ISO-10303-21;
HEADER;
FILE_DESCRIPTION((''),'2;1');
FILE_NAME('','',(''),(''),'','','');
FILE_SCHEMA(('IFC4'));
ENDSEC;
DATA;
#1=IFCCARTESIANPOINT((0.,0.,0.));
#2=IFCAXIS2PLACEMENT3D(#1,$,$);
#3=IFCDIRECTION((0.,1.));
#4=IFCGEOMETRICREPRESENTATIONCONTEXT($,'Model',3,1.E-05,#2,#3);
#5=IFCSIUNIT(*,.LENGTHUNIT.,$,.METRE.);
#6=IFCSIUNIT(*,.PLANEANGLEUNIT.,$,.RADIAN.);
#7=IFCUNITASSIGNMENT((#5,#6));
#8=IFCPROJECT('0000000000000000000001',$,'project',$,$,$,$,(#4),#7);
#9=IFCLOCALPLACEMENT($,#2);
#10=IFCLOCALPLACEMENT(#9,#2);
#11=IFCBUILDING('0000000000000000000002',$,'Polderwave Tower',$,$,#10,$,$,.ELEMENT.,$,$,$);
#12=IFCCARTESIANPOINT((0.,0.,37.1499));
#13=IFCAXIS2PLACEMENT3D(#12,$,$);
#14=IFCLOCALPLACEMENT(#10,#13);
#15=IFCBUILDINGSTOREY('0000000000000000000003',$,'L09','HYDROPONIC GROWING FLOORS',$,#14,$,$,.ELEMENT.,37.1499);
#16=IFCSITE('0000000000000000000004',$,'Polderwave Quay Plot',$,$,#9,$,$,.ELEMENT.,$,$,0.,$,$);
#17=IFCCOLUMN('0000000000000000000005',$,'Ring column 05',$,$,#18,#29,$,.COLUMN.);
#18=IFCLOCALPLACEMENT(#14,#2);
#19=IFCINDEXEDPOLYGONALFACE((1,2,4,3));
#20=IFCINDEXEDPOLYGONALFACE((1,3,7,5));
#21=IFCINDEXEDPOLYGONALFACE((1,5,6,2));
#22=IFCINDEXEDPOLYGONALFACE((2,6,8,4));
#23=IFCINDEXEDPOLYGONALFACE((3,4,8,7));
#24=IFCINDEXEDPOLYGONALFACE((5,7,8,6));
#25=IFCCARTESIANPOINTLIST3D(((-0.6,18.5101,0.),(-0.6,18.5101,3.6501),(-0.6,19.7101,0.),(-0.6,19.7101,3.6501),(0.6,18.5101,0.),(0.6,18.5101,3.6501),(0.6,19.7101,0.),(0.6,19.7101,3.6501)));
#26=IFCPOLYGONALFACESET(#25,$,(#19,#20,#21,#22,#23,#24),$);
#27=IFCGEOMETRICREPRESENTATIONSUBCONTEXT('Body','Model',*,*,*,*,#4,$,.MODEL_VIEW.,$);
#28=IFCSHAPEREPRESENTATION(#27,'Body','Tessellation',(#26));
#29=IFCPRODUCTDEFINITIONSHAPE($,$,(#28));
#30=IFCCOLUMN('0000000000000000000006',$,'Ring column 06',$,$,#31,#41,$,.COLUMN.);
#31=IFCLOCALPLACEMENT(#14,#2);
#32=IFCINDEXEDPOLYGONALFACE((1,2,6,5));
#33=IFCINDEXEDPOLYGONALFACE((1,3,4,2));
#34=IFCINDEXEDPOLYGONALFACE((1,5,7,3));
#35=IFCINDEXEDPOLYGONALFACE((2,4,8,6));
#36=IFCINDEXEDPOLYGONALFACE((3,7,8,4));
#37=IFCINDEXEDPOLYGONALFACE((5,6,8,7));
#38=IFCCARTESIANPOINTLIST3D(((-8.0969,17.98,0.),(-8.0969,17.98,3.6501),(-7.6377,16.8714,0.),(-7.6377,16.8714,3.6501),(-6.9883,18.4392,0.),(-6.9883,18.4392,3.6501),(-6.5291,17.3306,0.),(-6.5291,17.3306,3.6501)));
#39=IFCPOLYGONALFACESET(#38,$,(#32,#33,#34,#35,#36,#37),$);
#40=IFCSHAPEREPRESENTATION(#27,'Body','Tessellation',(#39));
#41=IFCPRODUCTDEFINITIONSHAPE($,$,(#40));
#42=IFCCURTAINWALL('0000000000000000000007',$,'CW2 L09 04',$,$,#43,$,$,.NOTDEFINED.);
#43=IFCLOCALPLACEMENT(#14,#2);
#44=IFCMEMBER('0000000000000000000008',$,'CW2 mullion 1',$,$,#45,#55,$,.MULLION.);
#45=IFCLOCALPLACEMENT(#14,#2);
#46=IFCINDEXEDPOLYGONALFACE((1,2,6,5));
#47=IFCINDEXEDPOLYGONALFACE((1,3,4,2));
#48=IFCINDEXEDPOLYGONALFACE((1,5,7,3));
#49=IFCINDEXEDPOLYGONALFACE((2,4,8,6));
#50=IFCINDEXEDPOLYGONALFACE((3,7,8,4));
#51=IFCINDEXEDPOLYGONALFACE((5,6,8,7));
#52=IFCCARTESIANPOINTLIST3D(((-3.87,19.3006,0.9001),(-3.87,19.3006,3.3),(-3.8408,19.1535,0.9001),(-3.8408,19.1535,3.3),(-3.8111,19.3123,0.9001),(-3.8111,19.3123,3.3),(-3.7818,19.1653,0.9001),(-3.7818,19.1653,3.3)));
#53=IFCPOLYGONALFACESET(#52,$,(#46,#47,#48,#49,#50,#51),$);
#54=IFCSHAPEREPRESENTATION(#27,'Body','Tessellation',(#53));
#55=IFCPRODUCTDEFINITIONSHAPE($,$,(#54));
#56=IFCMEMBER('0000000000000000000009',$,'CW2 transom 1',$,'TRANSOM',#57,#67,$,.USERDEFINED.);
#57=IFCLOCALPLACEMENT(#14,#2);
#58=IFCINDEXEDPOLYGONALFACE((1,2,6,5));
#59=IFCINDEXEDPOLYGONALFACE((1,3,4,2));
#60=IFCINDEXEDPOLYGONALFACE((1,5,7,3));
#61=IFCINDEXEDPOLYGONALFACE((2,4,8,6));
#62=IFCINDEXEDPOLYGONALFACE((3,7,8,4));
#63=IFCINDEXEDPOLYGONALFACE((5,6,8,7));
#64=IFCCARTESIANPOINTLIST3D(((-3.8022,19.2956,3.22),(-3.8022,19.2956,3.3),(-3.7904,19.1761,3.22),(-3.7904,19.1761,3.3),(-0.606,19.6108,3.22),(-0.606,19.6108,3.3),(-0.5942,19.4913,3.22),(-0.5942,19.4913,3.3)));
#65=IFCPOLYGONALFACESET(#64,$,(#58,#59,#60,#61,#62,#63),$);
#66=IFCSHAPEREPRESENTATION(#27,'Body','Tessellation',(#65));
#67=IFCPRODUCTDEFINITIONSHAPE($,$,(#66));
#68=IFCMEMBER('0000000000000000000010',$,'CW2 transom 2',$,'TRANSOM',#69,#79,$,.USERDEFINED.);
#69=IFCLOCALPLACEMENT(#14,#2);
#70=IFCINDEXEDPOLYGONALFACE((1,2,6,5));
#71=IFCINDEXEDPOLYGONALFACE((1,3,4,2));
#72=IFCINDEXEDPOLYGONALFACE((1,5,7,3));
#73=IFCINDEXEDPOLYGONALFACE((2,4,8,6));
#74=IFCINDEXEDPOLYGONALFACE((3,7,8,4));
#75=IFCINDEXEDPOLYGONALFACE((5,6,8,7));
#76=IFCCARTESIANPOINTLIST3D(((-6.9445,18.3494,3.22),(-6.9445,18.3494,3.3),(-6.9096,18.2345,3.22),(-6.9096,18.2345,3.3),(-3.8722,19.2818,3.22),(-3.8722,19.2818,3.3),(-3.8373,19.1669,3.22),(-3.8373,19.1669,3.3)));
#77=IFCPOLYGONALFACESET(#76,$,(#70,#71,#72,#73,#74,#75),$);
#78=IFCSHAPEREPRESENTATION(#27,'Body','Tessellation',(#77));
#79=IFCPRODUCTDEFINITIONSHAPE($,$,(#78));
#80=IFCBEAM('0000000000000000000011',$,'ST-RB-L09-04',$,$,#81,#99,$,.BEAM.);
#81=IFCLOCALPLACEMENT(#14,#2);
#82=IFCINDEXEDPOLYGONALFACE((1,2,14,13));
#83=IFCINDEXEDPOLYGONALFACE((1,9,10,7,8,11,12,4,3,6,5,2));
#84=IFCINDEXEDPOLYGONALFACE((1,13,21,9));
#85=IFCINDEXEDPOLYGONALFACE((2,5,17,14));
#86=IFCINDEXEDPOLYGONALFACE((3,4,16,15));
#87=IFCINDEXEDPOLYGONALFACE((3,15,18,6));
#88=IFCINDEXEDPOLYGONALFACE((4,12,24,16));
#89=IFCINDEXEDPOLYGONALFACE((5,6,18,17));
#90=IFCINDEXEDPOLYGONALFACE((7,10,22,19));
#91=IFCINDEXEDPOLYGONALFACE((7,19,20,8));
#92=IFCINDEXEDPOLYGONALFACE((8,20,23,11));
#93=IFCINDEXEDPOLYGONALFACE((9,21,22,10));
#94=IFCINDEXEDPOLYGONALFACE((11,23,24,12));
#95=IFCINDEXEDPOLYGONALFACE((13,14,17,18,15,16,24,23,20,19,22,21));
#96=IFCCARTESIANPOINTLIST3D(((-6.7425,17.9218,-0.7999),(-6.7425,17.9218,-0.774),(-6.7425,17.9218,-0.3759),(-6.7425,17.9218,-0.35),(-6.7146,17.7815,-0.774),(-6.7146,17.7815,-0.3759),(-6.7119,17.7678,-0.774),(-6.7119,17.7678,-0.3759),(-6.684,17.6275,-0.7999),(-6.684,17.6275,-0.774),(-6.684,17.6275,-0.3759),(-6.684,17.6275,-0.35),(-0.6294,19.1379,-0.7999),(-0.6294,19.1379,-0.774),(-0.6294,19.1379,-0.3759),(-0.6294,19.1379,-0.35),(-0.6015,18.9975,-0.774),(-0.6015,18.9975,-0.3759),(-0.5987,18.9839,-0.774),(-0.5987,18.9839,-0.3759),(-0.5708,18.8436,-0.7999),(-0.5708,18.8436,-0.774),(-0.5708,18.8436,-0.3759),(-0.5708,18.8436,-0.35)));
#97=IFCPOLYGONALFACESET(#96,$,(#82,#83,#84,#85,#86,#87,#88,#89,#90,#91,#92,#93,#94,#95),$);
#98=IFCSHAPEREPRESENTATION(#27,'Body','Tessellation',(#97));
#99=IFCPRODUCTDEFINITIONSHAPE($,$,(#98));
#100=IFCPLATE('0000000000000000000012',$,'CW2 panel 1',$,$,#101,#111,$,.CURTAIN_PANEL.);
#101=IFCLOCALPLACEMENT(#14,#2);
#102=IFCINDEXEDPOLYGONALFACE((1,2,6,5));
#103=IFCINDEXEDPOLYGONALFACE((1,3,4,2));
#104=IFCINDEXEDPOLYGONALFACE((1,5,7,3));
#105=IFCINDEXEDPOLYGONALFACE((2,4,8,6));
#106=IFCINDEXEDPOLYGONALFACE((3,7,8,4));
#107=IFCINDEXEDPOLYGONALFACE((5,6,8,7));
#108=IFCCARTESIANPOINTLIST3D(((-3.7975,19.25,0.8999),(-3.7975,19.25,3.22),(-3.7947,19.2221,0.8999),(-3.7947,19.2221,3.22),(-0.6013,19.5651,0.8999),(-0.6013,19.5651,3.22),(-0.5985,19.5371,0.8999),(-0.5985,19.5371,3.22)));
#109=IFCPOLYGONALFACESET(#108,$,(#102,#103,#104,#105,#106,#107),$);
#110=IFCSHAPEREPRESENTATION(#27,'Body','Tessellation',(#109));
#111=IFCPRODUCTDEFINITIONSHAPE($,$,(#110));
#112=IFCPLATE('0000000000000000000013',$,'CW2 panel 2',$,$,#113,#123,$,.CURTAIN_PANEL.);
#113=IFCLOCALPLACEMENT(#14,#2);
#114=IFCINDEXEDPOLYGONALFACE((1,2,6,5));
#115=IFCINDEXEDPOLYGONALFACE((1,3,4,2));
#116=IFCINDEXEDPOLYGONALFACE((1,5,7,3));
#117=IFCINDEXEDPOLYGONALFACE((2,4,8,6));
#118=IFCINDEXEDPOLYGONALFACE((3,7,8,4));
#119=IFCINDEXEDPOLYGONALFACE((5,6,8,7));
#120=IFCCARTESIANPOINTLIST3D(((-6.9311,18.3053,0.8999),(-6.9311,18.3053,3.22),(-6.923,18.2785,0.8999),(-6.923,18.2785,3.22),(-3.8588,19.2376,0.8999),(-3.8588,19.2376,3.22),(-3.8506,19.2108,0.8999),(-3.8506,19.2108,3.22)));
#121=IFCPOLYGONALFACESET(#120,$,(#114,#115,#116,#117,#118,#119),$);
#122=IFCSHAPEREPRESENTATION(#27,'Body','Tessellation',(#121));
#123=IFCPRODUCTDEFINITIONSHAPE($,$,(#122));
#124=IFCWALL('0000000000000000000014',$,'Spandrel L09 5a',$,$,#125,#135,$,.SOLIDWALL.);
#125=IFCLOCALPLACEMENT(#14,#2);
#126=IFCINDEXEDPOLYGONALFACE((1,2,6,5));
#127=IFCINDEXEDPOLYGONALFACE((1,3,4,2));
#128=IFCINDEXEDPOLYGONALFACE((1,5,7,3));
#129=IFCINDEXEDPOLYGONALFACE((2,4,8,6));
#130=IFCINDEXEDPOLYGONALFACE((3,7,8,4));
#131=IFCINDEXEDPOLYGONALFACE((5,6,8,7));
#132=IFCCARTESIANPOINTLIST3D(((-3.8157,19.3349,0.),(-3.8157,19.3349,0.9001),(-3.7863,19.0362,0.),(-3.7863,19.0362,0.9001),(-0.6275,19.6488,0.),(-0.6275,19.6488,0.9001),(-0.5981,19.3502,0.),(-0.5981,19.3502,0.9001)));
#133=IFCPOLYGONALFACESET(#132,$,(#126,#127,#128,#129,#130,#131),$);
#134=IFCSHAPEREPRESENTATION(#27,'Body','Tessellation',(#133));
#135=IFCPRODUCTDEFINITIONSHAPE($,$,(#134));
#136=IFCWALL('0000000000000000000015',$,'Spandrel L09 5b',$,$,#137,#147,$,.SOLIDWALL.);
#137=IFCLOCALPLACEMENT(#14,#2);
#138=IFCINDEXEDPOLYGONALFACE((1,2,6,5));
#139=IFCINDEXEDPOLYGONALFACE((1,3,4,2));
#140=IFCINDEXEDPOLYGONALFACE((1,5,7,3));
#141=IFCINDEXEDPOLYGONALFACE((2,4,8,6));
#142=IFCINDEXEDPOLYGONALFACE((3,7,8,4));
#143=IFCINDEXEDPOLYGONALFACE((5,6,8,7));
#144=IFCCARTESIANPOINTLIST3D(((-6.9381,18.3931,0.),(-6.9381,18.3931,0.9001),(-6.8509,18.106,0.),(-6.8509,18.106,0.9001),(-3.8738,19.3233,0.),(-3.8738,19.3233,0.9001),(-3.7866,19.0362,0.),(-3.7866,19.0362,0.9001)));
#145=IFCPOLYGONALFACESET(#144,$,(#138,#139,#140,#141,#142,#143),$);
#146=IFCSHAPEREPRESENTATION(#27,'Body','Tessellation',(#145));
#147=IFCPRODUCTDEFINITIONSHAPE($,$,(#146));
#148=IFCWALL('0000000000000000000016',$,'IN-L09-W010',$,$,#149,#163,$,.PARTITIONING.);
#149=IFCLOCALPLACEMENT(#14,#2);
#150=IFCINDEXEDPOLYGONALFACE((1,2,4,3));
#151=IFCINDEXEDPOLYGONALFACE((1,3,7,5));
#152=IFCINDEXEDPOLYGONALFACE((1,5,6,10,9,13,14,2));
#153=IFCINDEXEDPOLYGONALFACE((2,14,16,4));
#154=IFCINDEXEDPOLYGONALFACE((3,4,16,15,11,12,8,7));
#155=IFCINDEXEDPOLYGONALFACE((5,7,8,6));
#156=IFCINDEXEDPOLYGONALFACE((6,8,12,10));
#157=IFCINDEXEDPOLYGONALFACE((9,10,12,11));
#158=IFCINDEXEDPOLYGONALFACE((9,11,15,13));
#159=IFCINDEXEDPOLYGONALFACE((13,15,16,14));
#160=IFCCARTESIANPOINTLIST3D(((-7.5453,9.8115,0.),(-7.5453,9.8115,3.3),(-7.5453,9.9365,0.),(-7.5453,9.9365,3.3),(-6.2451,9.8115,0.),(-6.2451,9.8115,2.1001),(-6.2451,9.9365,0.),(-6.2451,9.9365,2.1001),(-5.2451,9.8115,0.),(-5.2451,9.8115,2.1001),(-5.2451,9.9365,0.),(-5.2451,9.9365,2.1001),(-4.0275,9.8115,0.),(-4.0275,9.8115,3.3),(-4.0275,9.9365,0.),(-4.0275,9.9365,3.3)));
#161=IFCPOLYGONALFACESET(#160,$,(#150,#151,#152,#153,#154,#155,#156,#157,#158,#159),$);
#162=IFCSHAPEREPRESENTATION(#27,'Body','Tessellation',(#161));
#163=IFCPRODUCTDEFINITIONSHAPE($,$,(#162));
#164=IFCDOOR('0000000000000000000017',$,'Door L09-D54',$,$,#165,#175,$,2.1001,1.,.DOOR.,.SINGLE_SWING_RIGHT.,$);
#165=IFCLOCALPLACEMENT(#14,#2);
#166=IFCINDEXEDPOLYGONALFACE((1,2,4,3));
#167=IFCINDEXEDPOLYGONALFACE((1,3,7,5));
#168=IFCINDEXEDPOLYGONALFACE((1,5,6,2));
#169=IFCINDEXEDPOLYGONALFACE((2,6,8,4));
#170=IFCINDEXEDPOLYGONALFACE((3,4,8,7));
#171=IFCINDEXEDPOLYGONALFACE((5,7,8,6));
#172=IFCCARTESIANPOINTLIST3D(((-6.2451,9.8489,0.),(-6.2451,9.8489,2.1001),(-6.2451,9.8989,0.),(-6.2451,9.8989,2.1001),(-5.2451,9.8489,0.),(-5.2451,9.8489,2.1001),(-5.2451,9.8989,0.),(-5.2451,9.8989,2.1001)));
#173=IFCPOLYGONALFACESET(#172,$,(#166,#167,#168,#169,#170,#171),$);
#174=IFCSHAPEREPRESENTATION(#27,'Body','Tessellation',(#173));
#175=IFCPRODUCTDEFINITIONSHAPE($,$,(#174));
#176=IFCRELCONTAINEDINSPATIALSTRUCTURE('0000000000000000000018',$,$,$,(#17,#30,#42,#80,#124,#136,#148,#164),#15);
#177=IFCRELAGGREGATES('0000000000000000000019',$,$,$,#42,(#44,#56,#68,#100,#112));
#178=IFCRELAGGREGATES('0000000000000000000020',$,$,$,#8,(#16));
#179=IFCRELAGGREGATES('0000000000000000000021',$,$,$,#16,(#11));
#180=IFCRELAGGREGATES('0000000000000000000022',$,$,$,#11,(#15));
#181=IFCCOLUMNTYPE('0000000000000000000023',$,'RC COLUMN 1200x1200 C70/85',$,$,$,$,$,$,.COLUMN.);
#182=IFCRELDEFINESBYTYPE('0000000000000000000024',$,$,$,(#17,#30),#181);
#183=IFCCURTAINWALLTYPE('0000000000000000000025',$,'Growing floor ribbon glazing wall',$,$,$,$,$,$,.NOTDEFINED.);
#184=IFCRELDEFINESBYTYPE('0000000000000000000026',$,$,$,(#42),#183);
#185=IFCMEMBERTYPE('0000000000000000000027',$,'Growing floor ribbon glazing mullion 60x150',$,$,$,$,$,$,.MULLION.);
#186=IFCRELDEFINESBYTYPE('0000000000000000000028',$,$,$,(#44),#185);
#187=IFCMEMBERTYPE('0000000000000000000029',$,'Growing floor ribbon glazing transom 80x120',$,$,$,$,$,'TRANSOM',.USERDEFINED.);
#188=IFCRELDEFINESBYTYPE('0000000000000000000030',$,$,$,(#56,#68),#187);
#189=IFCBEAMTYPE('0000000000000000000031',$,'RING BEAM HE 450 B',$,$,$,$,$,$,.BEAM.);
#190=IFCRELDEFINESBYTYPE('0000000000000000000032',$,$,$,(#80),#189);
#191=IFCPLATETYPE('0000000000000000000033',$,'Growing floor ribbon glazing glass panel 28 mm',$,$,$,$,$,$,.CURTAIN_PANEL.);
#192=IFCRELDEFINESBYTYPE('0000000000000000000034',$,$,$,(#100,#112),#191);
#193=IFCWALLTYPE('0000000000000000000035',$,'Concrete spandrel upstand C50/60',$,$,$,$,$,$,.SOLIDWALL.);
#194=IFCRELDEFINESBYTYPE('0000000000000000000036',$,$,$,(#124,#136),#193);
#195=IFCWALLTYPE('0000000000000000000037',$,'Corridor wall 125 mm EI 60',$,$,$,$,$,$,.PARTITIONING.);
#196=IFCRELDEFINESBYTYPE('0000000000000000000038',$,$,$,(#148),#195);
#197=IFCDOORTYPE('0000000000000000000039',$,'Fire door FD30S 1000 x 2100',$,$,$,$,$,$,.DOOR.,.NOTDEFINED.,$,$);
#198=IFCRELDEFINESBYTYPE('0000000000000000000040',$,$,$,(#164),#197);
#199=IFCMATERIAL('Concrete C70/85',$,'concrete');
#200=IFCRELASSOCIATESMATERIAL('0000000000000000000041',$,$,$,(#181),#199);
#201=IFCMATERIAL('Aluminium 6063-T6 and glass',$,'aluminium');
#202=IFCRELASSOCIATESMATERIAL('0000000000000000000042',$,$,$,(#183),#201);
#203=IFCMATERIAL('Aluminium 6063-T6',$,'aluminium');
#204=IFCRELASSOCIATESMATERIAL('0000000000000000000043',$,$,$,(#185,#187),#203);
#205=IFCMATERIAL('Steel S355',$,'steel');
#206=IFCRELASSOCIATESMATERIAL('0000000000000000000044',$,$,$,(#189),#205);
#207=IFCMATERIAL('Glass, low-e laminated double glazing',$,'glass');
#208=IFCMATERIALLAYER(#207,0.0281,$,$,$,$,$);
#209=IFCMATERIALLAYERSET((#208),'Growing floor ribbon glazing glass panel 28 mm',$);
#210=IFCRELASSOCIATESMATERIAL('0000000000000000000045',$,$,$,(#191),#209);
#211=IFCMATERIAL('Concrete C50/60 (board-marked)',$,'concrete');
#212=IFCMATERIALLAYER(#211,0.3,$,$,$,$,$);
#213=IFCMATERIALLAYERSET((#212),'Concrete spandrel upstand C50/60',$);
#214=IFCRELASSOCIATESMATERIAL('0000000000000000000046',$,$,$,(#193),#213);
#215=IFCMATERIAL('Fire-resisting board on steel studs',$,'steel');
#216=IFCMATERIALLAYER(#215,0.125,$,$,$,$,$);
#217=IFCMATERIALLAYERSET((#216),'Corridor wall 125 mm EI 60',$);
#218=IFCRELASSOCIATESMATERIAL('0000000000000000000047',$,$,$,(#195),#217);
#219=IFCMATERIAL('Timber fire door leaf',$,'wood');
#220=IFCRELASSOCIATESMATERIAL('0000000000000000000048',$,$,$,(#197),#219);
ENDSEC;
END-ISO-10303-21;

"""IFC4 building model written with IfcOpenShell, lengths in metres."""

from ifc_helpers import new_model, si_unit, direction, frame, frame_2d, origin, origin_2d, place, context, subcontext, project, spatial, rectangle, i_section, extrude, material, layer, layer_set, material_profile, profile_set, type_object, element, fill, aggregate, save


model = new_model("IFC4")

# Units and contexts
model_context = context("Model", 3, precision=1e-05, world=origin(), true_north=direction((0.0, 1.0)))
body_context = subcontext(model_context, "Body", "Model", "MODEL_VIEW")
ifc_project = project(units=[si_unit("LENGTHUNIT", "METRE"), si_unit("PLANEANGLEUNIT", "RADIAN")], contexts=[model_context])

# Site, building, storey
site_placement = place(None, origin())
site = spatial("IfcSite", under=ifc_project, at=site_placement, Name="Polderwave Quay Plot", CompositionType="ELEMENT", RefElevation=0.0)
building_placement = place(site_placement, origin())
building = spatial("IfcBuilding", under=site, at=building_placement, Name="Polderwave Tower", CompositionType="ELEMENT")
storey_placement = place(building_placement, frame((0.0, 0.0, 37.1499)))
storey = spatial("IfcBuildingStorey", under=building, at=storey_placement, Name="L09", Description="HYDROPONIC GROWING FLOORS", CompositionType="ELEMENT", Elevation=37.1499)

# Columns
ifc_material_1 = material(Name="Concrete C70/85", Category="concrete")
ifc_material_profile_1 = material_profile(ifc_material_1, rectangle(XDim=1.2, YDim=1.2, at=origin_2d()), Name="RC 1200x1200")
ifc_profile_set_1 = profile_set([ifc_material_profile_1], Name="Concrete C70/85")
column_type = type_object("IfcColumnType", Name="RC COLUMN 1200x1200 C70/85", PredefinedType="COLUMN", material=ifc_profile_set_1)
for number, where, z_axis, x_axis, name in (
    (1, (0.0, 19.1101, 0.0), (0.0, 0.0, 1.0), (0.0, 1.0, 0.0), "Ring column 05"),
    (2, (-7.313, 17.6553, 0.0), (0.0, 0.0, 1.0), (-0.382683, 0.92388, 0.0), "Ring column 06"),
):
    element("IfcColumn", number, at=place(storey_placement, frame(where, z_axis=z_axis, x_axis=x_axis)), inside=storey, type_object=column_type, Name=name, PredefinedType="COLUMN", context=body_context, shape_type="SweptSolid", body=[
        extrude(rectangle(XDim=1.2, YDim=1.2, at=origin_2d()), origin(), (0.0, 0.0, 1.0), 3.6501),
    ])

# Curtain wall, members
ifc_material_2 = material(Name="Aluminium 6063-T6 and glass", Category="aluminium")
curtain_wall_type = type_object("IfcCurtainWallType", Name="Growing floor ribbon glazing wall", PredefinedType="NOTDEFINED", material=ifc_material_2)
curtain_wall_placement = place(storey_placement, origin())
curtain_wall = element("IfcCurtainWall", 3, at=curtain_wall_placement, inside=storey, type_object=curtain_wall_type, Name="CW2 L09 04", PredefinedType="NOTDEFINED")
ifc_material_3 = material(Name="Aluminium 6063-T6", Category="aluminium")
ifc_material_profile_2 = material_profile(ifc_material_3, rectangle(XDim=0.1499, YDim=0.0601, at=origin_2d()), Name="AL 60x150")
ifc_profile_set_2 = profile_set([ifc_material_profile_2], Name="Aluminium 6063-T6")
member_type_1 = type_object("IfcMemberType", Name="Growing floor ribbon glazing mullion 60x150", PredefinedType="MULLION", material=ifc_profile_set_2)
member_1_placement = place(storey_placement, frame((-3.8259, 19.2329, 0.9001), z_axis=(0.0, 0.0, 1.0), x_axis=(0.195178, -0.980768, 0.0)))
member_1 = element("IfcMember", 4, at=member_1_placement, type_object=member_type_1, Name="CW2 mullion 1", PredefinedType="MULLION", context=body_context, shape_type="SweptSolid", body=[
    extrude(rectangle(XDim=0.1499, YDim=0.0601, at=origin_2d()), origin(), (0.0, 0.0, 1.0), 2.3999),
])
ifc_material_profile_3 = material_profile(ifc_material_3, rectangle(XDim=0.1201, YDim=0.0801, at=origin_2d()), Name="AL 80x120")
ifc_profile_set_3 = profile_set([ifc_material_profile_3], Name="Aluminium 6063-T6")
member_type_2 = type_object("IfcMemberType", Name="Growing floor ribbon glazing transom 80x120", ElementType="TRANSOM", PredefinedType="USERDEFINED", material=ifc_profile_set_3)
member_2_placement = place(storey_placement, frame((-0.6001, 19.551, 3.26), z_axis=(-0.995172, -0.098141, 0.0), x_axis=(0.098141, -0.995172, 0.0)))
member_2 = element("IfcMember", 5, at=member_2_placement, type_object=member_type_2, Name="CW2 transom 1", ObjectType="TRANSOM", PredefinedType="USERDEFINED", context=body_context, shape_type="SweptSolid", body=[
    extrude(rectangle(XDim=0.1201, YDim=0.0801, at=origin_2d()), origin(), (0.0, 0.0, 1.0), 3.2117),
])
member_3_placement = place(storey_placement, frame((-3.8547, 19.2244, 3.26), z_axis=(-0.956905, -0.290402, 0.0), x_axis=(0.290402, -0.956905, 0.0)))
member_3 = element("IfcMember", 6, at=member_3_placement, type_object=member_type_2, Name="CW2 transom 2", ObjectType="TRANSOM", PredefinedType="USERDEFINED", context=body_context, shape_type="SweptSolid", body=[
    extrude(rectangle(XDim=0.1201, YDim=0.0801, at=origin_2d()), origin(), (0.0, 0.0, 1.0), 3.2107),
])

# Beam
ifc_material_4 = material(Name="Steel S355", Category="steel")
ifc_material_profile_4 = material_profile(ifc_material_4, i_section(OverallWidth=0.3, OverallDepth=0.45, WebThickness=0.0139, FlangeThickness=0.0259, at=origin_2d()), Name="HE 450 B")
ifc_profile_set_4 = profile_set([ifc_material_profile_4], Name="Steel S355")
beam_type = type_object("IfcBeamType", Name="RING BEAM HE 450 B", PredefinedType="BEAM", material=ifc_profile_set_4)
beam_placement = place(storey_placement, frame((-0.6001, 18.9907, -0.575), z_axis=(-0.980782, -0.195107, 0.0), x_axis=(0.195107, -0.980782, 0.0)))
element("IfcBeam", 7, at=beam_placement, inside=storey, type_object=beam_type, Name="ST-RB-L09-04", PredefinedType="BEAM", context=body_context, shape_type="SweptSolid", body=[
    extrude(i_section(OverallWidth=0.3, OverallDepth=0.45, WebThickness=0.0139, FlangeThickness=0.0259, at=origin_2d()), origin(), (0.0, 0.0, 1.0), 6.2329),
])

# Plates
ifc_material_5 = material(Name="Glass, low-e laminated double glazing", Category="glass")
ifc_layer_1 = layer(ifc_material_5, 0.0281)
ifc_layer_set_1 = layer_set([ifc_layer_1], Name="Growing floor ribbon glazing glass panel 28 mm")
plate_type = type_object("IfcPlateType", Name="Growing floor ribbon glazing glass panel 28 mm", PredefinedType="CURTAIN_PANEL", material=ifc_layer_set_1)
plate_1_placement = place(storey_placement, frame((-2.198, 19.3936, 0.8999), z_axis=(0.0, 0.0, 1.0), x_axis=(-0.995177, -0.098099, 0.0)))
plate_1 = element("IfcPlate", 8, at=plate_1_placement, type_object=plate_type, Name="CW2 panel 1", PredefinedType="CURTAIN_PANEL", context=body_context, shape_type="SweptSolid", body=[
    extrude(rectangle(XDim=3.2117, YDim=0.0281, at=origin_2d()), origin(), (0.0, 0.0, 1.0), 2.3201),
])
plate_2_placement = place(storey_placement, frame((-5.3909, 18.7581, 0.8999), z_axis=(0.0, 0.0, 1.0), x_axis=(-0.956913, -0.290375, 0.0)))
plate_2 = element("IfcPlate", 9, at=plate_2_placement, type_object=plate_type, Name="CW2 panel 2", PredefinedType="CURTAIN_PANEL", context=body_context, shape_type="SweptSolid", body=[
    extrude(rectangle(XDim=3.2107, YDim=0.0281, at=origin_2d()), origin(), (0.0, 0.0, 1.0), 2.3201),
])
aggregate(curtain_wall, [member_1, member_2, member_3, plate_1, plate_2])

# Walls
ifc_material_6 = material(Name="Concrete C50/60 (board-marked)", Category="concrete")
ifc_layer_2 = layer(ifc_material_6, 0.3)
ifc_layer_set_2 = layer_set([ifc_layer_2], Name="Concrete spandrel upstand C50/60")
wall_type_1 = type_object("IfcWallType", Name="Concrete spandrel upstand C50/60", PredefinedType="SOLIDWALL", material=ifc_layer_set_2)
wall_1_placement = place(storey_placement, frame((-0.6128, 19.4995, 0.0), z_axis=(0.0, 0.0, 1.0), x_axis=(-0.995186, -0.098002, 0.0)))
element("IfcWall", 10, at=wall_1_placement, inside=storey, type_object=wall_type_1, Name="Spandrel L09 5a", PredefinedType="SOLIDWALL", context=body_context, shape_type="SweptSolid", body=[
    extrude(rectangle(XDim=3.2036, YDim=0.3, at=frame_2d((1.6018, 0.0))), origin(), (0.0, 0.0, 1.0), 0.9001),
])
wall_2_placement = place(storey_placement, frame((-3.8303, 19.1797, 0.0), z_axis=(0.0, 0.0, 1.0), x_axis=(-0.956883, -0.290473, 0.0)))
element("IfcWall", 11, at=wall_2_placement, inside=storey, type_object=wall_type_1, Name="Spandrel L09 5b", PredefinedType="SOLIDWALL", context=body_context, shape_type="SweptSolid", body=[
    extrude(rectangle(XDim=3.2024, YDim=0.3, at=frame_2d((1.6011, 0.0))), origin(), (0.0, 0.0, 1.0), 0.9001),
])

# Wall, opening, door
ifc_material_7 = material(Name="Fire-resisting board on steel studs", Category="steel")
ifc_layer_3 = layer(ifc_material_7, 0.125)
ifc_layer_set_3 = layer_set([ifc_layer_3], Name="Corridor wall 125 mm EI 60")
wall_type_2 = type_object("IfcWallType", Name="Corridor wall 125 mm EI 60", PredefinedType="PARTITIONING", material=ifc_layer_set_3)
wall_3_placement = place(storey_placement, frame((-7.5452, 9.874, 0.0), z_axis=(0.0, 0.0, 1.0), x_axis=(1.0, 0.0, 0.0)))
wall_3 = element("IfcWall", 12, at=wall_3_placement, inside=storey, type_object=wall_type_2, Name="IN-L09-W010", PredefinedType="PARTITIONING", context=body_context, shape_type="SweptSolid", body=[
    extrude(rectangle(XDim=3.5178, YDim=0.125, at=frame_2d((1.7588, 0.0))), origin(), (0.0, 0.0, 1.0), 3.3),
])
opening_1_placement = place(wall_3_placement, frame((1.3, 0.0, 0.0)))
opening_1 = element("IfcOpeningElement", 13, at=opening_1_placement, cuts=wall_3, PredefinedType="OPENING", context=body_context, shape_type="SweptSolid", body=[
    extrude(rectangle(XDim=1.0, YDim=2.1001, at=frame_2d((0.5, 1.05))), frame((0.0, 0.0725, 0.0), z_axis=(0.0, -1.0, 0.0), x_axis=(1.0, 0.0, 0.0)), (0.0, 0.0, 1.0), 0.145),
])
ifc_material_8 = material(Name="Timber fire door leaf", Category="wood")
door_type = type_object("IfcDoorType", Name="Fire door FD30S 1000 x 2100", OperationType="NOTDEFINED", PredefinedType="DOOR", material=ifc_material_8)
door_1_placement = place(opening_1_placement, origin())
door_1 = element("IfcDoor", 14, at=door_1_placement, inside=storey, type_object=door_type, Name="Door L09-D54", OperationType="SINGLE_SWING_RIGHT", OverallHeight=2.1001, OverallWidth=1.0, PredefinedType="DOOR", context=body_context, shape_type="SweptSolid", body=[
    extrude(rectangle(XDim=1.0, YDim=2.1001, at=frame_2d((0.5, 1.05))), frame((0.0, 0.0249, 0.0), z_axis=(0.0, -1.0, 0.0), x_axis=(1.0, 0.0, 0.0)), (0.0, 0.0, 1.0), 0.05),
])
fill(opening_1, door_1)

save(model, "model.ifc")
